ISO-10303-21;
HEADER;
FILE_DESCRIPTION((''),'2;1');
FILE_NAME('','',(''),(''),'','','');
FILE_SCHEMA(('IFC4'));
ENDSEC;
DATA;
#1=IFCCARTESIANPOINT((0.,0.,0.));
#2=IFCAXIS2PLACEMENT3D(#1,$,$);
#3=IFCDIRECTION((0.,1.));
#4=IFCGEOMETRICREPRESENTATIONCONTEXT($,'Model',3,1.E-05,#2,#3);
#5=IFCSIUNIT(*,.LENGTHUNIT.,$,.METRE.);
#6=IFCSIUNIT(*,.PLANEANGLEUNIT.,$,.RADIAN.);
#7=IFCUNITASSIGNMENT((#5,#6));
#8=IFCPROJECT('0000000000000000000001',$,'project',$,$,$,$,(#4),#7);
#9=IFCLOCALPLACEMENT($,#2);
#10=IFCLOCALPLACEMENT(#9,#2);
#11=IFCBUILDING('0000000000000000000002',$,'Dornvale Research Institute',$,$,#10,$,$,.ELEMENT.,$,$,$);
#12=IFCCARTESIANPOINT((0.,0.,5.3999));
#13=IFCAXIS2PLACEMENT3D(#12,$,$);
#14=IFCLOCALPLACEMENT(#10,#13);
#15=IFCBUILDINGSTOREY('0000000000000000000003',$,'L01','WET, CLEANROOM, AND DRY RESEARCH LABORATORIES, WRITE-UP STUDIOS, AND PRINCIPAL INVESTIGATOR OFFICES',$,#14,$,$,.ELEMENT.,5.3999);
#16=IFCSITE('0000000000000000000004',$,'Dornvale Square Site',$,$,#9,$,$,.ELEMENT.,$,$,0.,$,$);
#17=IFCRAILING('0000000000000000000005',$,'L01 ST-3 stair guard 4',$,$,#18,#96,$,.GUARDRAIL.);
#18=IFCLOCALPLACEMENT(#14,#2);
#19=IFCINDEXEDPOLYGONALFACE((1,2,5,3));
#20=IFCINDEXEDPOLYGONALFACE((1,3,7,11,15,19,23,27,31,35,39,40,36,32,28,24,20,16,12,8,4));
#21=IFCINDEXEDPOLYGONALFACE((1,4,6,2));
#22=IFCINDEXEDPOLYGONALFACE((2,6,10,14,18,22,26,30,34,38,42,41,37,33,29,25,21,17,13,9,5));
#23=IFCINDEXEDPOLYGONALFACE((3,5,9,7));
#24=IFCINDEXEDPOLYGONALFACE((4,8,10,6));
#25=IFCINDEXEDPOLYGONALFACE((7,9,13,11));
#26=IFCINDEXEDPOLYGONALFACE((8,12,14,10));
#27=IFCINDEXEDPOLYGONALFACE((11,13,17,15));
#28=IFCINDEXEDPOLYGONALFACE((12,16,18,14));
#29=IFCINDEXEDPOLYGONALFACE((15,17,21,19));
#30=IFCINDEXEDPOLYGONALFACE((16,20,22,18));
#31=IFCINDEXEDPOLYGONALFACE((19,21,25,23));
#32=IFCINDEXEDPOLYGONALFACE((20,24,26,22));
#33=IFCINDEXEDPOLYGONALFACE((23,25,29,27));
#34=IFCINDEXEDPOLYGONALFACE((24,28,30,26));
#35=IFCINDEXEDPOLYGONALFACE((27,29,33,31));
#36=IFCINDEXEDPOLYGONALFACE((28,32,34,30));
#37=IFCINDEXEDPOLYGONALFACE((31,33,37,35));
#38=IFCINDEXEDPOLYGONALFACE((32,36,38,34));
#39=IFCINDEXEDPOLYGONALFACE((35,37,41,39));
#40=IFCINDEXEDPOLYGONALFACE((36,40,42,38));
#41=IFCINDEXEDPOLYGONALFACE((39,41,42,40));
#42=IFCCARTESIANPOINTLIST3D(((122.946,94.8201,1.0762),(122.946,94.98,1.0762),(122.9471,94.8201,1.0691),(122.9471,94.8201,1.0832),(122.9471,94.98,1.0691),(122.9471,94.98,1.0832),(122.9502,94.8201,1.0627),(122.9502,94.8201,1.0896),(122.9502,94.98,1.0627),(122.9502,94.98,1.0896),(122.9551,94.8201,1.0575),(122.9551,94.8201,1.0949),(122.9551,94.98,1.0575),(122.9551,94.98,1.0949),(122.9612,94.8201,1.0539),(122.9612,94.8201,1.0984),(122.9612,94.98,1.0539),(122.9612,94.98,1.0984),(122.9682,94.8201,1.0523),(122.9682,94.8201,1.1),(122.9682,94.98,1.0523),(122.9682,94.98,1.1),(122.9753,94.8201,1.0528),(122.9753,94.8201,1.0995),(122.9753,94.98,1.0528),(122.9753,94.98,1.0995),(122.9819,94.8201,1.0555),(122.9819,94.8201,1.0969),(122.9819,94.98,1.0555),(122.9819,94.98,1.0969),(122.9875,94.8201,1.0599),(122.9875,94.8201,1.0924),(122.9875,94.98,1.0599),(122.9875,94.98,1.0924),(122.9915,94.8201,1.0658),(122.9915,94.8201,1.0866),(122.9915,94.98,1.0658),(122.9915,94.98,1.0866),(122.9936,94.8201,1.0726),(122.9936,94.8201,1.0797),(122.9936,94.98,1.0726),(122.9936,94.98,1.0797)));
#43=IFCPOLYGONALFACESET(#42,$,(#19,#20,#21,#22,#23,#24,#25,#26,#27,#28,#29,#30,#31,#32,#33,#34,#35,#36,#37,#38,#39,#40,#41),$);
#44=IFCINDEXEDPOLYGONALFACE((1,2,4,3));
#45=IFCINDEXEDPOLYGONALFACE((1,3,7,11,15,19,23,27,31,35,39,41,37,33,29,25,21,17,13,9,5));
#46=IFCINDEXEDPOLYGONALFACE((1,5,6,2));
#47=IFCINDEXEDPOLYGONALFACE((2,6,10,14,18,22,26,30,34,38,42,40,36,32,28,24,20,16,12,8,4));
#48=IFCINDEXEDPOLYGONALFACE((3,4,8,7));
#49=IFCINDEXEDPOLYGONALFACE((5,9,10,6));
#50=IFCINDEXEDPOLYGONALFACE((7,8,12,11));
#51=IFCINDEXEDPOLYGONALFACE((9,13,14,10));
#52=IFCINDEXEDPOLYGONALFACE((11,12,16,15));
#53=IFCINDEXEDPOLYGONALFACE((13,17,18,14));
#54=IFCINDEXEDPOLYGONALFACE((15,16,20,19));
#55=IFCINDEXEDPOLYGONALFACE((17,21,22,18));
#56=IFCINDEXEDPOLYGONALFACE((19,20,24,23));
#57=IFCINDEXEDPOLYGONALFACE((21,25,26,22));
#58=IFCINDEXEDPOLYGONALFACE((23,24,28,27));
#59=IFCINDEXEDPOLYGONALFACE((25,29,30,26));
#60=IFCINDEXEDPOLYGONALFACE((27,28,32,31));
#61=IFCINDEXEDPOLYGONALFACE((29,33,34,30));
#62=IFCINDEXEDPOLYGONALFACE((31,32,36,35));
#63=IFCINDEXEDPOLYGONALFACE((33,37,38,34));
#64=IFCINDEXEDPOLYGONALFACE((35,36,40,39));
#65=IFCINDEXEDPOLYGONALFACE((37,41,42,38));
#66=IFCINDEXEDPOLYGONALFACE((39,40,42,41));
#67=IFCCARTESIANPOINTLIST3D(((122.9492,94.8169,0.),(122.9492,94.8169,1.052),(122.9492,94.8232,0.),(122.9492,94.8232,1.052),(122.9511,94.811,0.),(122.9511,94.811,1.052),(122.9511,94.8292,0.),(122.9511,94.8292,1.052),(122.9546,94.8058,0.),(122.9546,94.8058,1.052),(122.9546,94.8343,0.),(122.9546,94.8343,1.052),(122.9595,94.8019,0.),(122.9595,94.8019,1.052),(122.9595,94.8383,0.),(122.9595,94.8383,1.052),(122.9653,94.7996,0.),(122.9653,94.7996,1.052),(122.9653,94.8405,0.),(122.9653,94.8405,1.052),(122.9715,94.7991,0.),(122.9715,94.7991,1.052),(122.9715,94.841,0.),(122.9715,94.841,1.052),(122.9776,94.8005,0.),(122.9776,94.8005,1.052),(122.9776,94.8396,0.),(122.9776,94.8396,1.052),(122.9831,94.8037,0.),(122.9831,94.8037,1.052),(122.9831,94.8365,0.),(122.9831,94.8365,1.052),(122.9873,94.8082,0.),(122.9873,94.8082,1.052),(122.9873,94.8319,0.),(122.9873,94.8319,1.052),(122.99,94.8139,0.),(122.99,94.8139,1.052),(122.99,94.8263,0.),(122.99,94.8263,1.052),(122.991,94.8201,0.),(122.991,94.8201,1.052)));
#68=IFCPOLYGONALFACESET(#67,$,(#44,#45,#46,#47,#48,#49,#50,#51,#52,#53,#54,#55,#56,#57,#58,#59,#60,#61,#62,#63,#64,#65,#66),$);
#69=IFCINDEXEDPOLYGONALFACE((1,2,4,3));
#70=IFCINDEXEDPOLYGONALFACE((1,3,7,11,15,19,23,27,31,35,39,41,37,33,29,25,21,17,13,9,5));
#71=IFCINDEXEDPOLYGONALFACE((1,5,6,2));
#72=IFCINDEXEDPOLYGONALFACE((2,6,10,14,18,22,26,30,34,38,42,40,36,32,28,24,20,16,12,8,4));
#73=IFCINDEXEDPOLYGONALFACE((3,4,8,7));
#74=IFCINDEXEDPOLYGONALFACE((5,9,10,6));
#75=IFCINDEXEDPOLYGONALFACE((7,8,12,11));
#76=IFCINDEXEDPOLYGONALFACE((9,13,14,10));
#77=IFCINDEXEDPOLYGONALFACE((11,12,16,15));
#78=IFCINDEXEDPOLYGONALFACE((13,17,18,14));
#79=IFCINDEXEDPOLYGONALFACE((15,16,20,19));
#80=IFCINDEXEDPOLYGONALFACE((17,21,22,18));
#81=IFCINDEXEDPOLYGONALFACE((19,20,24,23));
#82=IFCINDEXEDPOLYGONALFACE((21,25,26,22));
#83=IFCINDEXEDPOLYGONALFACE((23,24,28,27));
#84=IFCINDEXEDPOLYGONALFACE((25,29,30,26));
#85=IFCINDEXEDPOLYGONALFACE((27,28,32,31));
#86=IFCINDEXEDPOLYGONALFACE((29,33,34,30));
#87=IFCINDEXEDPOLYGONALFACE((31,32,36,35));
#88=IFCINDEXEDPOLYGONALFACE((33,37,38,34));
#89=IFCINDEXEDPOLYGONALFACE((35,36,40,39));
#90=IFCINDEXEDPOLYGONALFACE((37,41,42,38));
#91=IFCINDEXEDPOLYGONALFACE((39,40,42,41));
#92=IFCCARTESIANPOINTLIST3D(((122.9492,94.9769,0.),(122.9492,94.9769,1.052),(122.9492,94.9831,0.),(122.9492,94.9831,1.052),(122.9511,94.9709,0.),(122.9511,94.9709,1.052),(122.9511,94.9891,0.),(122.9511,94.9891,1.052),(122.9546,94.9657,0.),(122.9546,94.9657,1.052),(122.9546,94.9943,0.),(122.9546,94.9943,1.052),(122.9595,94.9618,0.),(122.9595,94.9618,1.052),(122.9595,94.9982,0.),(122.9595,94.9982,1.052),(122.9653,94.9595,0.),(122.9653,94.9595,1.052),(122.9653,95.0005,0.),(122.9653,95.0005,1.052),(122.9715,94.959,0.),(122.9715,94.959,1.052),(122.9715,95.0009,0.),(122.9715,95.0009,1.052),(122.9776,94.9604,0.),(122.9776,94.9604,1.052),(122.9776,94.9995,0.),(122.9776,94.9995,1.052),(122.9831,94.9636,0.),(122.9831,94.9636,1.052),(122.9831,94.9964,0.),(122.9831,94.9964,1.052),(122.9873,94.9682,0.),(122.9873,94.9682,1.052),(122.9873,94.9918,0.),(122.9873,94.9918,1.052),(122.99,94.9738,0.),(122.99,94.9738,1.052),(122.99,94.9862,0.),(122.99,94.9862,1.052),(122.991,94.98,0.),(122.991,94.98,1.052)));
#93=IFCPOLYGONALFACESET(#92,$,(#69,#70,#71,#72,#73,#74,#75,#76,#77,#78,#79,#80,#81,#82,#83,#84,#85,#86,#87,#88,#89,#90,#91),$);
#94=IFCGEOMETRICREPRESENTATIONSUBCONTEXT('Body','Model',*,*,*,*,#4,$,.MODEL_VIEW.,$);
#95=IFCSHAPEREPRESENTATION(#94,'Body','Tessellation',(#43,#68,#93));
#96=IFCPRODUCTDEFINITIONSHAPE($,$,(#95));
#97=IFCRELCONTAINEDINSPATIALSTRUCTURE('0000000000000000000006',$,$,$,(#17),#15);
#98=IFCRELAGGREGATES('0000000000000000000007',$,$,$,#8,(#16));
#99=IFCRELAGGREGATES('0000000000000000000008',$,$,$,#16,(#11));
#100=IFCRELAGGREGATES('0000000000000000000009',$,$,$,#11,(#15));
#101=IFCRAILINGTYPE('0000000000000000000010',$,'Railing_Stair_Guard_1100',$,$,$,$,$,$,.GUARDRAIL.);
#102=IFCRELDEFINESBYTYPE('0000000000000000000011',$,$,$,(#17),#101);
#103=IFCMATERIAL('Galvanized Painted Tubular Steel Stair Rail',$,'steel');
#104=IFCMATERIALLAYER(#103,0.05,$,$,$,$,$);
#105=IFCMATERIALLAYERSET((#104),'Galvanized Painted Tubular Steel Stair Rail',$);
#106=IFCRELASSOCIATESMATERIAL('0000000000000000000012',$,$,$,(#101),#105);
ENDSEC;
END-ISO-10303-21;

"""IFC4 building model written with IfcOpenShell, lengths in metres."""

from ifc_helpers import new_model, si_unit, direction, frame, origin, origin_2d, place, context, subcontext, project, spatial, circle, extrude, material, layer, layer_set, type_object, element, save


model = new_model("IFC4")

# Units and contexts
model_context = context("Model", 3, precision=1e-05, world=origin(), true_north=direction((0.0, 1.0)))
body_context = subcontext(model_context, "Body", "Model", "MODEL_VIEW")
ifc_project = project(units=[si_unit("LENGTHUNIT", "METRE"), si_unit("PLANEANGLEUNIT", "RADIAN")], contexts=[model_context])

# Site, building, storey
site_placement = place(None, origin())
site = spatial("IfcSite", under=ifc_project, at=site_placement, Name="Dornvale Square Site", CompositionType="ELEMENT", RefElevation=0.0)
building_placement = place(site_placement, origin())
building = spatial("IfcBuilding", under=site, at=building_placement, Name="Dornvale Research Institute", CompositionType="ELEMENT")
storey_placement = place(building_placement, frame((0.0, 0.0, 5.3999)))
storey = spatial("IfcBuildingStorey", under=building, at=storey_placement, Name="L01", Description="WET, CLEANROOM, AND DRY RESEARCH LABORATORIES, WRITE-UP STUDIOS, AND PRINCIPAL INVESTIGATOR OFFICES", CompositionType="ELEMENT", Elevation=5.3999)

# Railing
ifc_material_1 = material(Name="Galvanized Painted Tubular Steel Stair Rail", Category="steel")
ifc_layer_1 = layer(ifc_material_1, 0.05)
ifc_layer_set_1 = layer_set([ifc_layer_1], Name="Galvanized Painted Tubular Steel Stair Rail")
railing_type_1 = type_object("IfcRailingType", Name="Railing_Stair_Guard_1100", PredefinedType="GUARDRAIL", material=ifc_layer_set_1)
railing_1_placement = place(storey_placement, frame((122.97, 94.8201, 0.0)))
element("IfcRailing", 1, at=railing_1_placement, inside=storey, type_object=railing_type_1, Name="L01 ST-3 stair guard 4", PredefinedType="GUARDRAIL", context=body_context, shape_type="SweptSolid", body=[
    extrude(circle(Radius=0.0239, at=origin_2d()), frame((0.0, 0.0, 1.0762), z_axis=(0.0, 1.0, 0.0), x_axis=(-1.0, 0.0, 0.0)), (0.0, 0.0, 1.0), 0.1599),
    extrude(circle(Radius=0.021, at=origin_2d()), origin(), (0.0, 0.0, 1.0), 1.052),
    extrude(circle(Radius=0.021, at=origin_2d()), frame((0.0, 0.1599, 0.0)), (0.0, 0.0, 1.0), 1.052),
])

save(model, "model.ifc")
